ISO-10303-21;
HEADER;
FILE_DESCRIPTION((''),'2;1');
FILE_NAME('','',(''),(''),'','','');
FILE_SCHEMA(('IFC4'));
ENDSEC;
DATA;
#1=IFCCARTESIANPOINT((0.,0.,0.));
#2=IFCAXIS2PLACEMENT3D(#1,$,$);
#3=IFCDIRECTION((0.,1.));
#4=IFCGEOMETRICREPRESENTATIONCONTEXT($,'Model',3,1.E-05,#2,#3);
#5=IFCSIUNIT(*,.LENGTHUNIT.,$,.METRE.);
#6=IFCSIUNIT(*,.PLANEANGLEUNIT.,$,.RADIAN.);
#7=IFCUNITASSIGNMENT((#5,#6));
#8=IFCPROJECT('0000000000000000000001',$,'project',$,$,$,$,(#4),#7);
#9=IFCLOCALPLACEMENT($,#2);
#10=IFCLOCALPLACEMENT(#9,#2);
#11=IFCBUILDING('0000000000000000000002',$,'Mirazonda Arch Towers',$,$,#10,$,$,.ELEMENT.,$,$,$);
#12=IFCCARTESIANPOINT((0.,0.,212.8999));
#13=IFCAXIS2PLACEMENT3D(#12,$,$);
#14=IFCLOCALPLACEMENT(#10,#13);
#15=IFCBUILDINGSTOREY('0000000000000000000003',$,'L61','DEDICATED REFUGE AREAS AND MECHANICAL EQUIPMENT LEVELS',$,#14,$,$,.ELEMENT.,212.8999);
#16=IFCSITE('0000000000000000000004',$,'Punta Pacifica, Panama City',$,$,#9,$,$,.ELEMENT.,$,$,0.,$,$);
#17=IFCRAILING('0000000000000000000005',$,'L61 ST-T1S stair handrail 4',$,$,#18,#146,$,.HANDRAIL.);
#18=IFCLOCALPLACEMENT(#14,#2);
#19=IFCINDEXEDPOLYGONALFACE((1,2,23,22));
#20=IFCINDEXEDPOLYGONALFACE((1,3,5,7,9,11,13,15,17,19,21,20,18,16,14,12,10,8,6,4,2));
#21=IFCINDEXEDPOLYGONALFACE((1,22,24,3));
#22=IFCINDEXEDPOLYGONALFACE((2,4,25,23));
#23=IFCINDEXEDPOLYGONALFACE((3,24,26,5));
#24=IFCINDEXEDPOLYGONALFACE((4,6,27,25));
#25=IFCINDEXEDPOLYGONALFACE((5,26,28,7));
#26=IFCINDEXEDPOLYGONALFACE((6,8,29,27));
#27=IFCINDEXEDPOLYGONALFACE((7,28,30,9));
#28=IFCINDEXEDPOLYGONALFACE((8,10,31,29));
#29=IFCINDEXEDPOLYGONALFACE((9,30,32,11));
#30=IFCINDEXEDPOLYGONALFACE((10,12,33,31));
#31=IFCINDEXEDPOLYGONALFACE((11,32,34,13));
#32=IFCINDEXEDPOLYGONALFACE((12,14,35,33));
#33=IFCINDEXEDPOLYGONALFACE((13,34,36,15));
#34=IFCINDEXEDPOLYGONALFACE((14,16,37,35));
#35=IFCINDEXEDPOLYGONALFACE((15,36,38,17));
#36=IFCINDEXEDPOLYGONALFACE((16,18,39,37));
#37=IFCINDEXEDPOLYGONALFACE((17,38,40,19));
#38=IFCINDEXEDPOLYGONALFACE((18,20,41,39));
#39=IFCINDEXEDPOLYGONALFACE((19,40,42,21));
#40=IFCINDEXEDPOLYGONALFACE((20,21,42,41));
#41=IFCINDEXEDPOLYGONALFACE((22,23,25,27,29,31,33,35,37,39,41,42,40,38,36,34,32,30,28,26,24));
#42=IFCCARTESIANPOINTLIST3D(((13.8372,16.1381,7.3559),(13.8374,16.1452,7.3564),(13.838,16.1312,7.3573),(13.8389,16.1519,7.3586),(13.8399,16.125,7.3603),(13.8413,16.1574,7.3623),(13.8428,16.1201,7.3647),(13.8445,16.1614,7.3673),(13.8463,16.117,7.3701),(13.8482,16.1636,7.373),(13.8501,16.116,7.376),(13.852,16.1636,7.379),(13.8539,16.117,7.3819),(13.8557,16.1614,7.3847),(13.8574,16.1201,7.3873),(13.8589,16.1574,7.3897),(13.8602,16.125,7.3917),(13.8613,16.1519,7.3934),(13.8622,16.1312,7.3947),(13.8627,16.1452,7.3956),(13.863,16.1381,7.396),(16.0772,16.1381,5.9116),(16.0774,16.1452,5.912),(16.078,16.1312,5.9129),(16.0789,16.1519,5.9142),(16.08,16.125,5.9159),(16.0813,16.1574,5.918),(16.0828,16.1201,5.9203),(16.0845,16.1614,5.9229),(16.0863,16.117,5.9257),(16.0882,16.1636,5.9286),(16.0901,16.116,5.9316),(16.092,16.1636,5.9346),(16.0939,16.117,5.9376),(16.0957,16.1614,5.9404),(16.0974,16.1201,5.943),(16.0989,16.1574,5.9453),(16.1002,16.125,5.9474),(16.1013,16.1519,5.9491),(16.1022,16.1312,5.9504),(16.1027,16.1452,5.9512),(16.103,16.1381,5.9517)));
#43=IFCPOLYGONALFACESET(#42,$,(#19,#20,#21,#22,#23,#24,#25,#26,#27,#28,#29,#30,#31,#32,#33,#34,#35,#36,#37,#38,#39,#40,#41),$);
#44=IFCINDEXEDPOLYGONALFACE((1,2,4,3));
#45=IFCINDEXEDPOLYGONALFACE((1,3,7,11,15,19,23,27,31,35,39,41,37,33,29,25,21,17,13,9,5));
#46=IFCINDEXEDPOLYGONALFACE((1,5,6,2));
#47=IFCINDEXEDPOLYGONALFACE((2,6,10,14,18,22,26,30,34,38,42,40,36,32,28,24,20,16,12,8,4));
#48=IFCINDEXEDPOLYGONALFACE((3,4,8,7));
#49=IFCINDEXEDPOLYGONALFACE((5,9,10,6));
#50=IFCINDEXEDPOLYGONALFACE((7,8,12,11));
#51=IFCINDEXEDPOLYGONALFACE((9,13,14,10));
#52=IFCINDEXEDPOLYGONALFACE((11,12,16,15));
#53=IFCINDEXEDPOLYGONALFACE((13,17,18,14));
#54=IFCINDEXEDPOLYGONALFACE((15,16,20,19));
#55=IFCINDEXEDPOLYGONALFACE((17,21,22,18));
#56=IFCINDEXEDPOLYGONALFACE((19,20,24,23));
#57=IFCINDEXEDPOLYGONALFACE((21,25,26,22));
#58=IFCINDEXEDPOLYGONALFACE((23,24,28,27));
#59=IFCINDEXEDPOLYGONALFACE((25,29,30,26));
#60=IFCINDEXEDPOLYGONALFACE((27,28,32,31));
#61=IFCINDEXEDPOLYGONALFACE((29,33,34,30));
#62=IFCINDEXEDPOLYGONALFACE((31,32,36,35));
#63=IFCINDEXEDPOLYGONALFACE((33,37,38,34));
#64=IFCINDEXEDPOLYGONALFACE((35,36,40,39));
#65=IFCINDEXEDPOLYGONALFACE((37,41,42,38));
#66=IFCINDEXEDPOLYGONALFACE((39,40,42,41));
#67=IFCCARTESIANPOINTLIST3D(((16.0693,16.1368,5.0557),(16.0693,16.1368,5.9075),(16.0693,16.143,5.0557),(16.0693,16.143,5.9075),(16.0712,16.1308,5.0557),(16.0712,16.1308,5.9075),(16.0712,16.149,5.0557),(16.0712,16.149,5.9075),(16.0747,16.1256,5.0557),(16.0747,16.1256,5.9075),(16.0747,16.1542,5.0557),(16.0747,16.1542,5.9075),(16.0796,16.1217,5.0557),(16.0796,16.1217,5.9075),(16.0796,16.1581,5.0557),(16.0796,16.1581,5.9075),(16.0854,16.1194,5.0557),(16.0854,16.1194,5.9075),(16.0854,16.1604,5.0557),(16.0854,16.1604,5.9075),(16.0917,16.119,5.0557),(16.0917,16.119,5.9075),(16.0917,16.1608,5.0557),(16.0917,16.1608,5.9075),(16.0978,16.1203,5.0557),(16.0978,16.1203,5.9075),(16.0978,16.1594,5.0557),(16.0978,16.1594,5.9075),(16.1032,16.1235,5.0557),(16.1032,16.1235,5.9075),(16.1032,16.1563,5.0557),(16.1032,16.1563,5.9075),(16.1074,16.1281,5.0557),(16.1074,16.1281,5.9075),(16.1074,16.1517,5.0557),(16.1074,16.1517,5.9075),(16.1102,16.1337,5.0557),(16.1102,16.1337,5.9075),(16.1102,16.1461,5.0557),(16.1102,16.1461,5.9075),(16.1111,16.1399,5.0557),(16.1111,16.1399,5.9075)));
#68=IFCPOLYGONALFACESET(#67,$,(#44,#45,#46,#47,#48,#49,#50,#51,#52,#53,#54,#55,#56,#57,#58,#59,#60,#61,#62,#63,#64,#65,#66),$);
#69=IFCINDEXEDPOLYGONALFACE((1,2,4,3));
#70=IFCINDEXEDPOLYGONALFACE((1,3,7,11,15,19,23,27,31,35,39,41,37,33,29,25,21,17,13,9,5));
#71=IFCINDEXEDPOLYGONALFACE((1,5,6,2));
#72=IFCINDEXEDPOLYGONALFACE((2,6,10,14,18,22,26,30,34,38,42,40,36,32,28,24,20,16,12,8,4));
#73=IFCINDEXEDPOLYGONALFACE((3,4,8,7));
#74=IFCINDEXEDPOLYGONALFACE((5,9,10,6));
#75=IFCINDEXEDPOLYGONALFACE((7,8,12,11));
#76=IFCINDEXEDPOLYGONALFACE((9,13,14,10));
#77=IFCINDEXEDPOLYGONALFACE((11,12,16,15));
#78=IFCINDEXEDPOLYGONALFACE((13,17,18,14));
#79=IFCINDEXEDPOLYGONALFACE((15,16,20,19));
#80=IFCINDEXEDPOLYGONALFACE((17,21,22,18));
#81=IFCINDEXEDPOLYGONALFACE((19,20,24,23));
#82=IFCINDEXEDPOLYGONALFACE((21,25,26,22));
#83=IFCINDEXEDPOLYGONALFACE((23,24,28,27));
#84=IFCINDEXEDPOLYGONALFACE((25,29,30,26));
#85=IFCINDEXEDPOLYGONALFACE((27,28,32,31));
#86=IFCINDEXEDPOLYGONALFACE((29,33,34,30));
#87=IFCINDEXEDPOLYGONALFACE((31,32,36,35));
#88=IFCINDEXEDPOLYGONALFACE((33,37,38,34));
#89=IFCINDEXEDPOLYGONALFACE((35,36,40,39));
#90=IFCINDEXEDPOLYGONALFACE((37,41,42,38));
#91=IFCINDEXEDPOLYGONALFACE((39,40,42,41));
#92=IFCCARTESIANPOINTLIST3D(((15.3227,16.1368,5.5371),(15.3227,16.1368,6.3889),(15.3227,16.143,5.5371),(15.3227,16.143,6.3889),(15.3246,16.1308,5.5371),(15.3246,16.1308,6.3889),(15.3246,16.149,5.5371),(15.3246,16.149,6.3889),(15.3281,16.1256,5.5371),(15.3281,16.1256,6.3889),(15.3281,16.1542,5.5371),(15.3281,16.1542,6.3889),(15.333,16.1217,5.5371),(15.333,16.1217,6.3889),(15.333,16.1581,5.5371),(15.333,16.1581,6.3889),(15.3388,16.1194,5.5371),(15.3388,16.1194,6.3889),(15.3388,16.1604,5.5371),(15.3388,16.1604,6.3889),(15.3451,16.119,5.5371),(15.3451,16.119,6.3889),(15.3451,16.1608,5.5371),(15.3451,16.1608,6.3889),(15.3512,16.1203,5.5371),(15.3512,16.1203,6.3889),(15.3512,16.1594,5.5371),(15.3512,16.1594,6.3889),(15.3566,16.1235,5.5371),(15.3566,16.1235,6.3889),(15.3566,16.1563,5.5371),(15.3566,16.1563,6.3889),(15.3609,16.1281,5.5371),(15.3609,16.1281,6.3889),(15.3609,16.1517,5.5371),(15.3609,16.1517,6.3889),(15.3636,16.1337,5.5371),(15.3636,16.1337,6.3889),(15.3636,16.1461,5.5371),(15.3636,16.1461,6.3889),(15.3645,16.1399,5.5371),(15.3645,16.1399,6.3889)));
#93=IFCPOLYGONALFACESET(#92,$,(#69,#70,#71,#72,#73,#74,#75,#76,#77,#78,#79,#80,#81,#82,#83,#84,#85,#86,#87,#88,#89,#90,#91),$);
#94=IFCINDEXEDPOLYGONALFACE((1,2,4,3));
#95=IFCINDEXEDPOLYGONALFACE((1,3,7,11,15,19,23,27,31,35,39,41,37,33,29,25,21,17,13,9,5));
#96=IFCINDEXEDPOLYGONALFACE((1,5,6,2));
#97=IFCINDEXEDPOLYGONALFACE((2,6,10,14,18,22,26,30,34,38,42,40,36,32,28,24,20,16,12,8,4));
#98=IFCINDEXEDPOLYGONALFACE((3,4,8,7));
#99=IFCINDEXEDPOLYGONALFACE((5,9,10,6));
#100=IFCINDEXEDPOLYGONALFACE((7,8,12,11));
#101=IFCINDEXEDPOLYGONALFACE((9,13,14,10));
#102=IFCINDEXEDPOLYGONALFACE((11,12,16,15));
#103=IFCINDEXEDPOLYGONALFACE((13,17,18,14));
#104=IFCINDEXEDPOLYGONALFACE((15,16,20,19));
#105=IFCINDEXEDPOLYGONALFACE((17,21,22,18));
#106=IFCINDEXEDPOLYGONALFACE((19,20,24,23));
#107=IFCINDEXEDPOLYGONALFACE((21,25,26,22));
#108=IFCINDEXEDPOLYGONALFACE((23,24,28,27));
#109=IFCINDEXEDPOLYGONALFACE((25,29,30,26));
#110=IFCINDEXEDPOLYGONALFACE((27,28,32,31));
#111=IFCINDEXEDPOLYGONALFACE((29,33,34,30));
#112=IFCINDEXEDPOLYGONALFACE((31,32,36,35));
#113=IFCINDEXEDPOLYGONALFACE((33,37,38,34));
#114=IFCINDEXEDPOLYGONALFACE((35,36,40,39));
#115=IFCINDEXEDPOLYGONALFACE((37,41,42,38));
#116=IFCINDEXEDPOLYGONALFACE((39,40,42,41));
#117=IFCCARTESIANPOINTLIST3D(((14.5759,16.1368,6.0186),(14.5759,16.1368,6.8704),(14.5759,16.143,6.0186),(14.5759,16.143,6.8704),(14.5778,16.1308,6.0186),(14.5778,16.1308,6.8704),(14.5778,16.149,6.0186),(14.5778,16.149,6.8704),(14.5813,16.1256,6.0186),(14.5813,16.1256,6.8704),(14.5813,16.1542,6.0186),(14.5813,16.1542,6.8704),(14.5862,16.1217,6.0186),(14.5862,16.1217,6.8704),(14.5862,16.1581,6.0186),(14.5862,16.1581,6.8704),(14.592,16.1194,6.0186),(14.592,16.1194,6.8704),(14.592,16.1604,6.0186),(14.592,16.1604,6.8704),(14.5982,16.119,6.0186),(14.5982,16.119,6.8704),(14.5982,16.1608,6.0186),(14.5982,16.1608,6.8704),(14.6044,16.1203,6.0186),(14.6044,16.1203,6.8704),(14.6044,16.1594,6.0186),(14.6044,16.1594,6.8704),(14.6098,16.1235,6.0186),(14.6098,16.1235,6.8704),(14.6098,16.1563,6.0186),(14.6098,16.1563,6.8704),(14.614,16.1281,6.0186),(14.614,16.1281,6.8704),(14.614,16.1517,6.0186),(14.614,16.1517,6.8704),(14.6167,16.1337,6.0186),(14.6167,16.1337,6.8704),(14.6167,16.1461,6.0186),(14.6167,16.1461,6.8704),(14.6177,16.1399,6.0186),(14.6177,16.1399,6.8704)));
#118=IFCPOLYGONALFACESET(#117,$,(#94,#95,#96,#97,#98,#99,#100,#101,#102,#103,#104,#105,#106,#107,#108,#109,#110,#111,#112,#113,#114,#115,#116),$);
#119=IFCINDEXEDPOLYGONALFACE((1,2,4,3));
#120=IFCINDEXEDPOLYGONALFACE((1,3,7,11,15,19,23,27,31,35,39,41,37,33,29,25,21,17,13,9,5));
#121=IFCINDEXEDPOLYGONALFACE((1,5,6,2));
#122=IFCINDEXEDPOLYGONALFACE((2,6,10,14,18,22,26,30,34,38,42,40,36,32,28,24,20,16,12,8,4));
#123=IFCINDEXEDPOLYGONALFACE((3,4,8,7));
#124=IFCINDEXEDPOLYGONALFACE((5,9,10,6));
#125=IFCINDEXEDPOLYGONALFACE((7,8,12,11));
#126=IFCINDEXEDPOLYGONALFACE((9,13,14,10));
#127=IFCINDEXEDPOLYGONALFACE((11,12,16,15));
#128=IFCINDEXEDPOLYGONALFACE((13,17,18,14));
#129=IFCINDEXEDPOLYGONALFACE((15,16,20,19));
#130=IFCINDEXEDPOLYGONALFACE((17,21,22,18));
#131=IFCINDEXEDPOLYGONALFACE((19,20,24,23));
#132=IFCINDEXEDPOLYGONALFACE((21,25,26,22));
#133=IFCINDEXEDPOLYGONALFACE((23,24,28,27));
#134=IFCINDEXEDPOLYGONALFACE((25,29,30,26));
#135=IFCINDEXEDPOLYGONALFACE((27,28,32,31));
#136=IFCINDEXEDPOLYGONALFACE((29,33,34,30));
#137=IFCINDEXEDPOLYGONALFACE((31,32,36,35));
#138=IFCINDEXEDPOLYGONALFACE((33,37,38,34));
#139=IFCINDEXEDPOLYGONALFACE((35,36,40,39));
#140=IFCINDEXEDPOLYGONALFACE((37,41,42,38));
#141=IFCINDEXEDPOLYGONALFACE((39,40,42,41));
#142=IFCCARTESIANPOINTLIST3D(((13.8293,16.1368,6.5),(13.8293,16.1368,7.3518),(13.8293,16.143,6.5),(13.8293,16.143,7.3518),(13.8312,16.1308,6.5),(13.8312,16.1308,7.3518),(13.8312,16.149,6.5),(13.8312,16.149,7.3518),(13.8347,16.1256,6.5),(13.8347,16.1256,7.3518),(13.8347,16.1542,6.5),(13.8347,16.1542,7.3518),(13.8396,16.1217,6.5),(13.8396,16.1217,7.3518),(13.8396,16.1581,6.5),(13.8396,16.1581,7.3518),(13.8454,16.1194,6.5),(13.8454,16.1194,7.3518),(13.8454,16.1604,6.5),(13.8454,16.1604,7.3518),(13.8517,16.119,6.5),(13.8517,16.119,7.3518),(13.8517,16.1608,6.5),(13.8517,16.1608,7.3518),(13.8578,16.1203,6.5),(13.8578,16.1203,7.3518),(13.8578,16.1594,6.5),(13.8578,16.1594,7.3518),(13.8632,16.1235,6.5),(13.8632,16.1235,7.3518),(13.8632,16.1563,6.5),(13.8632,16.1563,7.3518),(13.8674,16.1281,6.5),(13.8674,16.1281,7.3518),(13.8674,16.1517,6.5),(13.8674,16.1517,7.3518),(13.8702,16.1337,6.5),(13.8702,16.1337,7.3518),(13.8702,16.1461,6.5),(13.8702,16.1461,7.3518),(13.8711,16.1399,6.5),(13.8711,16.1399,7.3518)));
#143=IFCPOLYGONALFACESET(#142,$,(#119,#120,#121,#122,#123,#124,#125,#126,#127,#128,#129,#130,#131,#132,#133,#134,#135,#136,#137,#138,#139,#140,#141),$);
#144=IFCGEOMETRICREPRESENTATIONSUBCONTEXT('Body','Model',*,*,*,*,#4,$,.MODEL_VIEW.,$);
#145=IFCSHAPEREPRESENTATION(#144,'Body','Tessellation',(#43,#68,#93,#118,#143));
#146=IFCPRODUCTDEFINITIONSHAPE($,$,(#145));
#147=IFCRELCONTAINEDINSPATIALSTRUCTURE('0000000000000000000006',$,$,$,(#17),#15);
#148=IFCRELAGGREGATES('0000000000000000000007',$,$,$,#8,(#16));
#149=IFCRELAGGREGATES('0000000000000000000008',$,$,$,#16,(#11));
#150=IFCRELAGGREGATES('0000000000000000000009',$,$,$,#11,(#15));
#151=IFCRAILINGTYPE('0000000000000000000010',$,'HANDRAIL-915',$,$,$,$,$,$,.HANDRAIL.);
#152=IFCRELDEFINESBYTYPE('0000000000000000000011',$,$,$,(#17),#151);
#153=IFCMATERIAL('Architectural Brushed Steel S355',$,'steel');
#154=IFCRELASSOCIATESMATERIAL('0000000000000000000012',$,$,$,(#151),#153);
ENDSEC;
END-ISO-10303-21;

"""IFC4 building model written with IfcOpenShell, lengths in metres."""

from ifc_helpers import new_model, si_unit, direction, frame, origin, origin_2d, place, context, subcontext, project, spatial, circle, extrude, material, type_object, element, save


model = new_model("IFC4")

# Units and contexts
model_context = context("Model", 3, precision=1e-05, world=origin(), true_north=direction((0.0, 1.0)))
body_context = subcontext(model_context, "Body", "Model", "MODEL_VIEW")
ifc_project = project(units=[si_unit("LENGTHUNIT", "METRE"), si_unit("PLANEANGLEUNIT", "RADIAN")], contexts=[model_context])

# Site, building, storey
site_placement = place(None, origin())
site = spatial("IfcSite", under=ifc_project, at=site_placement, Name="Punta Pacifica, Panama City", CompositionType="ELEMENT", RefElevation=0.0)
building_placement = place(site_placement, origin())
building = spatial("IfcBuilding", under=site, at=building_placement, Name="Mirazonda Arch Towers", CompositionType="ELEMENT")
storey_placement = place(building_placement, frame((0.0, 0.0, 212.8999)))
storey = spatial("IfcBuildingStorey", under=building, at=storey_placement, Name="L61", Description="DEDICATED REFUGE AREAS AND MECHANICAL EQUIPMENT LEVELS", CompositionType="ELEMENT", Elevation=212.8999)

# Shared definitions
ifc_material_1 = material(Name="Architectural Brushed Steel S355", Category="steel")

# Railing
railing_type_1 = type_object("IfcRailingType", Name="HANDRAIL-915", PredefinedType="HANDRAIL", material=ifc_material_1)
for number, where, name in (
    (1, (16.0901, 16.1399, 5.0557), "L61 ST-T1S stair handrail 4"),
):
    element("IfcRailing", number, at=place(storey_placement, frame(where)), inside=storey, type_object=railing_type_1, Name=name, PredefinedType="HANDRAIL", context=body_context, shape_type="SweptSolid", body=[
        extrude(circle(Radius=0.0239, at=origin_2d()), frame((0.0, 0.0, 0.876), z_axis=(-0.840437, 0.0, 0.54191), x_axis=(0.0, -1.0, 0.0)), (0.0, 0.0, 1.0), 2.6653),
        extrude(circle(Radius=0.021, at=origin_2d()), origin(), (0.0, 0.0, 1.0), 0.8518),
        extrude(circle(Radius=0.021, at=origin_2d()), frame((-0.7466, 0.0, 0.4814)), (0.0, 0.0, 1.0), 0.8518),
        extrude(circle(Radius=0.021, at=origin_2d()), frame((-1.4934, 0.0, 0.9629)), (0.0, 0.0, 1.0), 0.8518),
        extrude(circle(Radius=0.021, at=origin_2d()), frame((-2.24, 0.0, 1.4443)), (0.0, 0.0, 1.0), 0.8518),
    ])

save(model, "model.ifc")
